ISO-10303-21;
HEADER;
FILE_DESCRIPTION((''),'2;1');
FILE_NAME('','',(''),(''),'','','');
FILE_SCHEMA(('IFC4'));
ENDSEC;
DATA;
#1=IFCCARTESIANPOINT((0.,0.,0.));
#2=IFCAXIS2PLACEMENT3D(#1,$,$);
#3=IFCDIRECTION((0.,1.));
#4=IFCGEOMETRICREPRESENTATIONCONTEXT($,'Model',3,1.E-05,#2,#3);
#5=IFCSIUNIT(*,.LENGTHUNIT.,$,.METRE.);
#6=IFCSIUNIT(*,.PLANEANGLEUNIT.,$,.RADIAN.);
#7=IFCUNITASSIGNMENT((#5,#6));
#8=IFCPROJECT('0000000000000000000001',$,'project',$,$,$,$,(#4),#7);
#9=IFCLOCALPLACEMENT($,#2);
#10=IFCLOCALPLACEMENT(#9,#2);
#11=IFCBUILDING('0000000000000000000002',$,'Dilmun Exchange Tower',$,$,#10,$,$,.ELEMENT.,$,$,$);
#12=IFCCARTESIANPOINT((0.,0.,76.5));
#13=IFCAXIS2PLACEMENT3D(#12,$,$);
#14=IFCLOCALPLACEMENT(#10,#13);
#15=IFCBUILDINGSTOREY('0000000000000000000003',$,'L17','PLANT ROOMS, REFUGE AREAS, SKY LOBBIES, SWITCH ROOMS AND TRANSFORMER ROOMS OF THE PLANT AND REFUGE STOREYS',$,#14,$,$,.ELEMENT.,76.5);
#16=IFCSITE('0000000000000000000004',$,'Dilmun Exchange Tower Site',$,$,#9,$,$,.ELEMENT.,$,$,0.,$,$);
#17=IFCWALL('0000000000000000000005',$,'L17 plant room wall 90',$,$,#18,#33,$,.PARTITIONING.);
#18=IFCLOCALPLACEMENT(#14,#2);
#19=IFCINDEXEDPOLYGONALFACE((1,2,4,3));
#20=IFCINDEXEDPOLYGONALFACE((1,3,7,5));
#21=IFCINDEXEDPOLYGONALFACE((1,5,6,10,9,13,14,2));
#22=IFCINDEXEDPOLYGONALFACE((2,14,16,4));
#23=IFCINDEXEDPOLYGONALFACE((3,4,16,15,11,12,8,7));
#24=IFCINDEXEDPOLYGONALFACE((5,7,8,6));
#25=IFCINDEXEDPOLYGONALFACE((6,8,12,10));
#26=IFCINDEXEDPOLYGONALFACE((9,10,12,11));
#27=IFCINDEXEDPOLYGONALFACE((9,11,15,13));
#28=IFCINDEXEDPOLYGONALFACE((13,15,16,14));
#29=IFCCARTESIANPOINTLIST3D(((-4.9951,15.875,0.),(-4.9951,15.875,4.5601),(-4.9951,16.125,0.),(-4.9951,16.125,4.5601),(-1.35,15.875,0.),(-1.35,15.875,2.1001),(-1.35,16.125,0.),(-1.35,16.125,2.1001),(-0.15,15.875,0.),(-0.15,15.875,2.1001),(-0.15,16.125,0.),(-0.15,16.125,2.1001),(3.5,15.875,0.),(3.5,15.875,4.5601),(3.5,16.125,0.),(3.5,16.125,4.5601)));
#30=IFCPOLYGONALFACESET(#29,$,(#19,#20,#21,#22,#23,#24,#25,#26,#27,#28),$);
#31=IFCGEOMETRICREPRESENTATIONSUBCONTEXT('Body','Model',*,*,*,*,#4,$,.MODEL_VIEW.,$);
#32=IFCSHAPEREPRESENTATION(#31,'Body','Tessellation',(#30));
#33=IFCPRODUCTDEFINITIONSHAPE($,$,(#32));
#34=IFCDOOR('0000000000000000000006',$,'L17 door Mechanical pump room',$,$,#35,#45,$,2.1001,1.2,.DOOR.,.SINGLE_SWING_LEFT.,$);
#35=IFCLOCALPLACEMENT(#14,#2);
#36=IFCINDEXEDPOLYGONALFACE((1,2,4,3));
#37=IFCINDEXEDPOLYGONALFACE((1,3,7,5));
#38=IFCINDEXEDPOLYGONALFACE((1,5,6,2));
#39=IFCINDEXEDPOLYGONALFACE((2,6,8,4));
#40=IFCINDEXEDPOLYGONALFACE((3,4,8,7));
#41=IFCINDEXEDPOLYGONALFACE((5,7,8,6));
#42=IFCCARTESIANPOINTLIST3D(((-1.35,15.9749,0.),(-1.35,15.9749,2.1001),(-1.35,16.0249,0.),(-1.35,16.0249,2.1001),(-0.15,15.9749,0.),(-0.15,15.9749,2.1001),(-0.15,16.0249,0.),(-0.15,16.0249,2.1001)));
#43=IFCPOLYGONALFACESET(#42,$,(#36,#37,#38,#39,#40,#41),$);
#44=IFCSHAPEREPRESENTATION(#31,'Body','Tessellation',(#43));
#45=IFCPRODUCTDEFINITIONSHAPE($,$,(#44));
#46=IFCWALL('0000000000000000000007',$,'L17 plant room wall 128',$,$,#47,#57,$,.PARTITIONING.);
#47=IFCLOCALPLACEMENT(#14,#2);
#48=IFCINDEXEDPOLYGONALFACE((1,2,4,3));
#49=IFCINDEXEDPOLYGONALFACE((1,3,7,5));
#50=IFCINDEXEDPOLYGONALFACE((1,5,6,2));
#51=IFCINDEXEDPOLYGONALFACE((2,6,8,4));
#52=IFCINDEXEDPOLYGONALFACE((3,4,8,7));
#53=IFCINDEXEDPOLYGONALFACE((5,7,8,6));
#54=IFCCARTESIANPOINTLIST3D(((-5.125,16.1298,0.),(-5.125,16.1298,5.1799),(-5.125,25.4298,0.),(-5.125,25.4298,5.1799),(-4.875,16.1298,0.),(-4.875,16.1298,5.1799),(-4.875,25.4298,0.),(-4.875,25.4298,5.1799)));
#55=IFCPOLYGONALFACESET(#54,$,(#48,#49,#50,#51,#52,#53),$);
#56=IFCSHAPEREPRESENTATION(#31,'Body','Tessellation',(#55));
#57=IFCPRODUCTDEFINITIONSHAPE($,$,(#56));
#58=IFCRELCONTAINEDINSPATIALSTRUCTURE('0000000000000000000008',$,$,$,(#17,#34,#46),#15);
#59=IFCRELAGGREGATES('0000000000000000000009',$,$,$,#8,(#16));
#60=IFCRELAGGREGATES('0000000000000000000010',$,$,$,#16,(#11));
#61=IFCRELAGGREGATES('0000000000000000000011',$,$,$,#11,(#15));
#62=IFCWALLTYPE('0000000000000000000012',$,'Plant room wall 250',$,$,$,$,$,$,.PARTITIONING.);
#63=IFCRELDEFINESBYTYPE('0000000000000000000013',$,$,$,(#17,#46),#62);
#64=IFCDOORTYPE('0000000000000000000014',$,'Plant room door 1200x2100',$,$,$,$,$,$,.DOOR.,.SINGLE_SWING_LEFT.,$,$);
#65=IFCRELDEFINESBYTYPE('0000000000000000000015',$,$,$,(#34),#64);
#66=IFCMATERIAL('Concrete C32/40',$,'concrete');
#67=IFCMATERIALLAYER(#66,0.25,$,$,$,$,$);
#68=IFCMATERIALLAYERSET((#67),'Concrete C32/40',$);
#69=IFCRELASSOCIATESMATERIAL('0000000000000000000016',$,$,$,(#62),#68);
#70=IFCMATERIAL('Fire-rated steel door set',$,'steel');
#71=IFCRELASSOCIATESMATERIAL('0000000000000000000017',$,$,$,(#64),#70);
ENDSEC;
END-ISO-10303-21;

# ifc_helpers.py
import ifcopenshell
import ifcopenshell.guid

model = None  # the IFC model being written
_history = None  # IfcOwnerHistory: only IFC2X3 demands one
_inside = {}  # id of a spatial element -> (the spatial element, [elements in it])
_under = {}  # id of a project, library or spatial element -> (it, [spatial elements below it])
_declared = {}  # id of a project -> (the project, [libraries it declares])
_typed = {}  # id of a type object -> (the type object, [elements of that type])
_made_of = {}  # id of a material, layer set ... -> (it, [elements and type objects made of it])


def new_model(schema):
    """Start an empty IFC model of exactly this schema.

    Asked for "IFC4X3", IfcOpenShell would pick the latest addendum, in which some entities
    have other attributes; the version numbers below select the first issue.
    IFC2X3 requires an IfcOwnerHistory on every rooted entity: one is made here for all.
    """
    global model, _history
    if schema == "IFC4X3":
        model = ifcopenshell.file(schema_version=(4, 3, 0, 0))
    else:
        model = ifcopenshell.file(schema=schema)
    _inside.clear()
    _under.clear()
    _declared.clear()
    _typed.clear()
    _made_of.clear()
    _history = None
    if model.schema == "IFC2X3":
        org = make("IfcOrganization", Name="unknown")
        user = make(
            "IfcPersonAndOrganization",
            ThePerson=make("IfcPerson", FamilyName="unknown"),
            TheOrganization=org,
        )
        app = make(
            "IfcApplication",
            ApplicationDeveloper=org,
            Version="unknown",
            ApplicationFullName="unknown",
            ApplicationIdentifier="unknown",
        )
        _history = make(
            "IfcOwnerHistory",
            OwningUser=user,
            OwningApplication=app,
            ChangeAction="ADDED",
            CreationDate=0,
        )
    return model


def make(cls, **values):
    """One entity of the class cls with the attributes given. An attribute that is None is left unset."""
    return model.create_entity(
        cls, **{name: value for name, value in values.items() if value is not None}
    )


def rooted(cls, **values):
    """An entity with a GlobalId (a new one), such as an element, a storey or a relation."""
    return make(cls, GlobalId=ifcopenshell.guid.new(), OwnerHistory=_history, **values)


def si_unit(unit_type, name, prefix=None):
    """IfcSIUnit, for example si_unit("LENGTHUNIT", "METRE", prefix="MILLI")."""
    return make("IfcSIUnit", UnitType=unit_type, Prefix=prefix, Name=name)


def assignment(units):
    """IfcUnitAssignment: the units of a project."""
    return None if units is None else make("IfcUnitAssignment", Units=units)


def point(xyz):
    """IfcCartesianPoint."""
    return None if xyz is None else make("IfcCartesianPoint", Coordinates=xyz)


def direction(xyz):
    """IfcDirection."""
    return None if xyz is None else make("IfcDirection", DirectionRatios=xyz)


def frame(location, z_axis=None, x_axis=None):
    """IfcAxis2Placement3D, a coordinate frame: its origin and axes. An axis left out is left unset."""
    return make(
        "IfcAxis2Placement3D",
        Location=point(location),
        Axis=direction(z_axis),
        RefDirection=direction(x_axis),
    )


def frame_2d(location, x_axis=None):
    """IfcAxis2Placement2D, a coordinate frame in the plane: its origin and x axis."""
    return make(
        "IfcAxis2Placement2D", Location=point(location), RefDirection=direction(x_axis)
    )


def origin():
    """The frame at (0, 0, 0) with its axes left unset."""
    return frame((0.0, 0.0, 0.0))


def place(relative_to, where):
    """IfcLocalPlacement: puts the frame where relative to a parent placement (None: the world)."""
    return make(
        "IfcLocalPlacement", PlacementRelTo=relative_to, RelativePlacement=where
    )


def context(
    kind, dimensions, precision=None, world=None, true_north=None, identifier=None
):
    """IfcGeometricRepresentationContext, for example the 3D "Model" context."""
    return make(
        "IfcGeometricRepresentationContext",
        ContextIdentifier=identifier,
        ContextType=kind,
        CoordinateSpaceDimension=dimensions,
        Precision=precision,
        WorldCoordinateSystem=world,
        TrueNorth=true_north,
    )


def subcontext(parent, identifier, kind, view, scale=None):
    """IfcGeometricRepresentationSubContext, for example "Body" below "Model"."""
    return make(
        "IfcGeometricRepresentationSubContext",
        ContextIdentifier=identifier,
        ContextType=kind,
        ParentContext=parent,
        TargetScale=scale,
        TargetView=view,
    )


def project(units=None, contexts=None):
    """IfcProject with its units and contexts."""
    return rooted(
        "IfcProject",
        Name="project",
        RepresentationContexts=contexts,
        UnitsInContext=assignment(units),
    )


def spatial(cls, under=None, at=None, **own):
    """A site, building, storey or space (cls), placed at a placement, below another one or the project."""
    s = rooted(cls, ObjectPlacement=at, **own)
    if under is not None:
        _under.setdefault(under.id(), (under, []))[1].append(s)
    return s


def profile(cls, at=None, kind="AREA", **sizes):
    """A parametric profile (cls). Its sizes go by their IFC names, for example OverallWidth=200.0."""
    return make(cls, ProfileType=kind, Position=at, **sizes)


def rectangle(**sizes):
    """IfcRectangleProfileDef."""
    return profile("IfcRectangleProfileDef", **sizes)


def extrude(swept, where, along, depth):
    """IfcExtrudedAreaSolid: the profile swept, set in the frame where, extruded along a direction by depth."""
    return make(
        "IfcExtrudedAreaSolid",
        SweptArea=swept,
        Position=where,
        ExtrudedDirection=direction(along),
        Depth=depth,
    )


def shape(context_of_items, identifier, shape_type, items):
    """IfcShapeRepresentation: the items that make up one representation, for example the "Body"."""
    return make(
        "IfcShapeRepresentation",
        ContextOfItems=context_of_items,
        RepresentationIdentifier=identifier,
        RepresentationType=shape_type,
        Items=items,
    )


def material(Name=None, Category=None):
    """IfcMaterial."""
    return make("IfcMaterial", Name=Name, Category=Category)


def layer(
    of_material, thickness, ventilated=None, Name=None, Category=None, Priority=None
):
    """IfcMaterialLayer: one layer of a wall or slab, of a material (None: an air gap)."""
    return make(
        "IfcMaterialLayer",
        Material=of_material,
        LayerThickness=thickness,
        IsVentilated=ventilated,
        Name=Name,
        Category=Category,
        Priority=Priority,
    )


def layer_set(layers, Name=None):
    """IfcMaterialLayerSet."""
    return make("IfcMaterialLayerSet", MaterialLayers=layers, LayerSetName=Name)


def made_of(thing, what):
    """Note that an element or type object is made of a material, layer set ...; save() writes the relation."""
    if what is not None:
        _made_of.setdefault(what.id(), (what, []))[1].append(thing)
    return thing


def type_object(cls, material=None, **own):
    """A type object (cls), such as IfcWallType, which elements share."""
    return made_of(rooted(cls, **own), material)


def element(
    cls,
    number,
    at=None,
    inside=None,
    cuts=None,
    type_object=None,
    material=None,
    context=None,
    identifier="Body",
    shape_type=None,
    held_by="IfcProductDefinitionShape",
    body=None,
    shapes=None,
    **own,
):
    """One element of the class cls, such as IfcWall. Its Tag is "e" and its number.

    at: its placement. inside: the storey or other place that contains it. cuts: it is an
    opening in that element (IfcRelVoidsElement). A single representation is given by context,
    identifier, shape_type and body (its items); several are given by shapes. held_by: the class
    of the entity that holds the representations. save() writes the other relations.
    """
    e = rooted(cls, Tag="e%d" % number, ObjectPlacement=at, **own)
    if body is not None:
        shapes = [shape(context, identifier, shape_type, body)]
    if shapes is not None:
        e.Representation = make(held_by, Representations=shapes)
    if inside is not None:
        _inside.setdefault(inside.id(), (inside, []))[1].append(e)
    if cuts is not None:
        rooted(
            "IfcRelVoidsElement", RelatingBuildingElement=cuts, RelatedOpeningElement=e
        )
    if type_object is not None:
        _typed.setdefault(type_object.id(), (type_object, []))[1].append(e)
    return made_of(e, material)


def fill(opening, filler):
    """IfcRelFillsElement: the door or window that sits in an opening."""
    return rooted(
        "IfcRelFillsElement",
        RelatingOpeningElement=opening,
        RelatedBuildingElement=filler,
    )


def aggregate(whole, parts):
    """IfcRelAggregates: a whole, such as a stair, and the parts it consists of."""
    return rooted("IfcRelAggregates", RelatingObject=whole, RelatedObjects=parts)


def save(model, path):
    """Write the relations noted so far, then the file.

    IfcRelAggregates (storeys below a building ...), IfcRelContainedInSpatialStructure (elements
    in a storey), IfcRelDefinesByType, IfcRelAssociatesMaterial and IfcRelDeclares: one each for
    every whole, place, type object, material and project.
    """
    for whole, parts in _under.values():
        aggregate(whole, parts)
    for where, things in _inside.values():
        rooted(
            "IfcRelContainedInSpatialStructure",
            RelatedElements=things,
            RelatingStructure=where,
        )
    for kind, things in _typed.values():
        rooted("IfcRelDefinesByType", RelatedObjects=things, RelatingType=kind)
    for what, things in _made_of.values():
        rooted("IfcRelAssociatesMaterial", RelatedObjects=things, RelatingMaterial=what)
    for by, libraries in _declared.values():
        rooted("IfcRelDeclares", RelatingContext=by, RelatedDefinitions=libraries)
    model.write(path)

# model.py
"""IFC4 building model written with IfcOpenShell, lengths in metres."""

from ifc_helpers import new_model, si_unit, direction, frame, frame_2d, origin, place, context, subcontext, project, spatial, rectangle, extrude, material, layer, layer_set, type_object, element, fill, save


model = new_model("IFC4")

# Units and contexts
model_context = context("Model", 3, precision=1e-05, world=origin(), true_north=direction((0.0, 1.0)))
body_context = subcontext(model_context, "Body", "Model", "MODEL_VIEW")
ifc_project = project(units=[si_unit("LENGTHUNIT", "METRE"), si_unit("PLANEANGLEUNIT", "RADIAN")], contexts=[model_context])

# Site, building, storey
site_placement = place(None, origin())
site = spatial("IfcSite", under=ifc_project, at=site_placement, Name="Dilmun Exchange Tower Site", CompositionType="ELEMENT", RefElevation=0.0)
building_placement = place(site_placement, origin())
building = spatial("IfcBuilding", under=site, at=building_placement, Name="Dilmun Exchange Tower", CompositionType="ELEMENT")
storey_placement = place(building_placement, frame((0.0, 0.0, 76.5)))
storey = spatial("IfcBuildingStorey", under=building, at=storey_placement, Name="L17", Description="PLANT ROOMS, REFUGE AREAS, SKY LOBBIES, SWITCH ROOMS AND TRANSFORMER ROOMS OF THE PLANT AND REFUGE STOREYS", CompositionType="ELEMENT", Elevation=76.5)

# Shared definitions
ifc_material_1 = material(Name="Fire-rated steel door set", Category="steel")

# Wall, opening, door
ifc_material_2 = material(Name="Concrete C32/40", Category="concrete")
ifc_layer_1 = layer(ifc_material_2, 0.25)
ifc_layer_set_1 = layer_set([ifc_layer_1], Name="Concrete C32/40")
wall_type_1 = type_object("IfcWallType", Name="Plant room wall 250", PredefinedType="PARTITIONING", material=ifc_layer_set_1)
wall_1_placement = place(storey_placement, frame((-4.9951, 16.0, 0.0), z_axis=(0.0, 0.0, 1.0), x_axis=(1.0, 0.0, 0.0)))
wall_1 = element("IfcWall", 1, at=wall_1_placement, inside=storey, type_object=wall_type_1, Name="L17 plant room wall 90", PredefinedType="PARTITIONING", context=body_context, shape_type="SweptSolid", body=[
    extrude(rectangle(XDim=8.4951, YDim=0.25, at=frame_2d((4.2476, 0.0))), origin(), (0.0, 0.0, 1.0), 4.5601),
])
opening_1_placement = place(wall_1_placement, frame((3.645, 0.0, 0.0)))
opening_1 = element("IfcOpeningElement", 2, at=opening_1_placement, cuts=wall_1, PredefinedType="OPENING", context=body_context, shape_type="SweptSolid", body=[
    extrude(rectangle(XDim=1.2, YDim=2.1001, at=frame_2d((0.6001, 1.05))), frame((0.0, 0.135, 0.0), z_axis=(0.0, -1.0, 0.0), x_axis=(1.0, 0.0, 0.0)), (0.0, 0.0, 1.0), 0.27),
])
door_type_1 = type_object("IfcDoorType", Name="Plant room door 1200x2100", OperationType="SINGLE_SWING_LEFT", PredefinedType="DOOR", material=ifc_material_1)
door_1_placement = place(opening_1_placement, origin())
door_1 = element("IfcDoor", 3, at=door_1_placement, inside=storey, type_object=door_type_1, Name="L17 door Mechanical pump room", OperationType="SINGLE_SWING_LEFT", OverallHeight=2.1001, OverallWidth=1.2, PredefinedType="DOOR", context=body_context, shape_type="SweptSolid", body=[
    extrude(rectangle(XDim=1.2, YDim=2.1001, at=frame_2d((0.6001, 1.05))), frame((0.0, 0.0249, 0.0), z_axis=(0.0, -1.0, 0.0), x_axis=(1.0, 0.0, 0.0)), (0.0, 0.0, 1.0), 0.05),
])
fill(opening_1, door_1)

# Wall
wall_2_placement = place(storey_placement, frame((-5.0, 16.1299, 0.0), z_axis=(0.0, 0.0, 1.0), x_axis=(0.0, 1.0, 0.0)))
element("IfcWall", 4, at=wall_2_placement, inside=storey, type_object=wall_type_1, Name="L17 plant room wall 128", PredefinedType="PARTITIONING", context=body_context, shape_type="SweptSolid", body=[
    extrude(rectangle(XDim=9.3, YDim=0.25, at=frame_2d((4.6499, 0.0))), origin(), (0.0, 0.0, 1.0), 5.1799),
])

save(model, "model.ifc")
